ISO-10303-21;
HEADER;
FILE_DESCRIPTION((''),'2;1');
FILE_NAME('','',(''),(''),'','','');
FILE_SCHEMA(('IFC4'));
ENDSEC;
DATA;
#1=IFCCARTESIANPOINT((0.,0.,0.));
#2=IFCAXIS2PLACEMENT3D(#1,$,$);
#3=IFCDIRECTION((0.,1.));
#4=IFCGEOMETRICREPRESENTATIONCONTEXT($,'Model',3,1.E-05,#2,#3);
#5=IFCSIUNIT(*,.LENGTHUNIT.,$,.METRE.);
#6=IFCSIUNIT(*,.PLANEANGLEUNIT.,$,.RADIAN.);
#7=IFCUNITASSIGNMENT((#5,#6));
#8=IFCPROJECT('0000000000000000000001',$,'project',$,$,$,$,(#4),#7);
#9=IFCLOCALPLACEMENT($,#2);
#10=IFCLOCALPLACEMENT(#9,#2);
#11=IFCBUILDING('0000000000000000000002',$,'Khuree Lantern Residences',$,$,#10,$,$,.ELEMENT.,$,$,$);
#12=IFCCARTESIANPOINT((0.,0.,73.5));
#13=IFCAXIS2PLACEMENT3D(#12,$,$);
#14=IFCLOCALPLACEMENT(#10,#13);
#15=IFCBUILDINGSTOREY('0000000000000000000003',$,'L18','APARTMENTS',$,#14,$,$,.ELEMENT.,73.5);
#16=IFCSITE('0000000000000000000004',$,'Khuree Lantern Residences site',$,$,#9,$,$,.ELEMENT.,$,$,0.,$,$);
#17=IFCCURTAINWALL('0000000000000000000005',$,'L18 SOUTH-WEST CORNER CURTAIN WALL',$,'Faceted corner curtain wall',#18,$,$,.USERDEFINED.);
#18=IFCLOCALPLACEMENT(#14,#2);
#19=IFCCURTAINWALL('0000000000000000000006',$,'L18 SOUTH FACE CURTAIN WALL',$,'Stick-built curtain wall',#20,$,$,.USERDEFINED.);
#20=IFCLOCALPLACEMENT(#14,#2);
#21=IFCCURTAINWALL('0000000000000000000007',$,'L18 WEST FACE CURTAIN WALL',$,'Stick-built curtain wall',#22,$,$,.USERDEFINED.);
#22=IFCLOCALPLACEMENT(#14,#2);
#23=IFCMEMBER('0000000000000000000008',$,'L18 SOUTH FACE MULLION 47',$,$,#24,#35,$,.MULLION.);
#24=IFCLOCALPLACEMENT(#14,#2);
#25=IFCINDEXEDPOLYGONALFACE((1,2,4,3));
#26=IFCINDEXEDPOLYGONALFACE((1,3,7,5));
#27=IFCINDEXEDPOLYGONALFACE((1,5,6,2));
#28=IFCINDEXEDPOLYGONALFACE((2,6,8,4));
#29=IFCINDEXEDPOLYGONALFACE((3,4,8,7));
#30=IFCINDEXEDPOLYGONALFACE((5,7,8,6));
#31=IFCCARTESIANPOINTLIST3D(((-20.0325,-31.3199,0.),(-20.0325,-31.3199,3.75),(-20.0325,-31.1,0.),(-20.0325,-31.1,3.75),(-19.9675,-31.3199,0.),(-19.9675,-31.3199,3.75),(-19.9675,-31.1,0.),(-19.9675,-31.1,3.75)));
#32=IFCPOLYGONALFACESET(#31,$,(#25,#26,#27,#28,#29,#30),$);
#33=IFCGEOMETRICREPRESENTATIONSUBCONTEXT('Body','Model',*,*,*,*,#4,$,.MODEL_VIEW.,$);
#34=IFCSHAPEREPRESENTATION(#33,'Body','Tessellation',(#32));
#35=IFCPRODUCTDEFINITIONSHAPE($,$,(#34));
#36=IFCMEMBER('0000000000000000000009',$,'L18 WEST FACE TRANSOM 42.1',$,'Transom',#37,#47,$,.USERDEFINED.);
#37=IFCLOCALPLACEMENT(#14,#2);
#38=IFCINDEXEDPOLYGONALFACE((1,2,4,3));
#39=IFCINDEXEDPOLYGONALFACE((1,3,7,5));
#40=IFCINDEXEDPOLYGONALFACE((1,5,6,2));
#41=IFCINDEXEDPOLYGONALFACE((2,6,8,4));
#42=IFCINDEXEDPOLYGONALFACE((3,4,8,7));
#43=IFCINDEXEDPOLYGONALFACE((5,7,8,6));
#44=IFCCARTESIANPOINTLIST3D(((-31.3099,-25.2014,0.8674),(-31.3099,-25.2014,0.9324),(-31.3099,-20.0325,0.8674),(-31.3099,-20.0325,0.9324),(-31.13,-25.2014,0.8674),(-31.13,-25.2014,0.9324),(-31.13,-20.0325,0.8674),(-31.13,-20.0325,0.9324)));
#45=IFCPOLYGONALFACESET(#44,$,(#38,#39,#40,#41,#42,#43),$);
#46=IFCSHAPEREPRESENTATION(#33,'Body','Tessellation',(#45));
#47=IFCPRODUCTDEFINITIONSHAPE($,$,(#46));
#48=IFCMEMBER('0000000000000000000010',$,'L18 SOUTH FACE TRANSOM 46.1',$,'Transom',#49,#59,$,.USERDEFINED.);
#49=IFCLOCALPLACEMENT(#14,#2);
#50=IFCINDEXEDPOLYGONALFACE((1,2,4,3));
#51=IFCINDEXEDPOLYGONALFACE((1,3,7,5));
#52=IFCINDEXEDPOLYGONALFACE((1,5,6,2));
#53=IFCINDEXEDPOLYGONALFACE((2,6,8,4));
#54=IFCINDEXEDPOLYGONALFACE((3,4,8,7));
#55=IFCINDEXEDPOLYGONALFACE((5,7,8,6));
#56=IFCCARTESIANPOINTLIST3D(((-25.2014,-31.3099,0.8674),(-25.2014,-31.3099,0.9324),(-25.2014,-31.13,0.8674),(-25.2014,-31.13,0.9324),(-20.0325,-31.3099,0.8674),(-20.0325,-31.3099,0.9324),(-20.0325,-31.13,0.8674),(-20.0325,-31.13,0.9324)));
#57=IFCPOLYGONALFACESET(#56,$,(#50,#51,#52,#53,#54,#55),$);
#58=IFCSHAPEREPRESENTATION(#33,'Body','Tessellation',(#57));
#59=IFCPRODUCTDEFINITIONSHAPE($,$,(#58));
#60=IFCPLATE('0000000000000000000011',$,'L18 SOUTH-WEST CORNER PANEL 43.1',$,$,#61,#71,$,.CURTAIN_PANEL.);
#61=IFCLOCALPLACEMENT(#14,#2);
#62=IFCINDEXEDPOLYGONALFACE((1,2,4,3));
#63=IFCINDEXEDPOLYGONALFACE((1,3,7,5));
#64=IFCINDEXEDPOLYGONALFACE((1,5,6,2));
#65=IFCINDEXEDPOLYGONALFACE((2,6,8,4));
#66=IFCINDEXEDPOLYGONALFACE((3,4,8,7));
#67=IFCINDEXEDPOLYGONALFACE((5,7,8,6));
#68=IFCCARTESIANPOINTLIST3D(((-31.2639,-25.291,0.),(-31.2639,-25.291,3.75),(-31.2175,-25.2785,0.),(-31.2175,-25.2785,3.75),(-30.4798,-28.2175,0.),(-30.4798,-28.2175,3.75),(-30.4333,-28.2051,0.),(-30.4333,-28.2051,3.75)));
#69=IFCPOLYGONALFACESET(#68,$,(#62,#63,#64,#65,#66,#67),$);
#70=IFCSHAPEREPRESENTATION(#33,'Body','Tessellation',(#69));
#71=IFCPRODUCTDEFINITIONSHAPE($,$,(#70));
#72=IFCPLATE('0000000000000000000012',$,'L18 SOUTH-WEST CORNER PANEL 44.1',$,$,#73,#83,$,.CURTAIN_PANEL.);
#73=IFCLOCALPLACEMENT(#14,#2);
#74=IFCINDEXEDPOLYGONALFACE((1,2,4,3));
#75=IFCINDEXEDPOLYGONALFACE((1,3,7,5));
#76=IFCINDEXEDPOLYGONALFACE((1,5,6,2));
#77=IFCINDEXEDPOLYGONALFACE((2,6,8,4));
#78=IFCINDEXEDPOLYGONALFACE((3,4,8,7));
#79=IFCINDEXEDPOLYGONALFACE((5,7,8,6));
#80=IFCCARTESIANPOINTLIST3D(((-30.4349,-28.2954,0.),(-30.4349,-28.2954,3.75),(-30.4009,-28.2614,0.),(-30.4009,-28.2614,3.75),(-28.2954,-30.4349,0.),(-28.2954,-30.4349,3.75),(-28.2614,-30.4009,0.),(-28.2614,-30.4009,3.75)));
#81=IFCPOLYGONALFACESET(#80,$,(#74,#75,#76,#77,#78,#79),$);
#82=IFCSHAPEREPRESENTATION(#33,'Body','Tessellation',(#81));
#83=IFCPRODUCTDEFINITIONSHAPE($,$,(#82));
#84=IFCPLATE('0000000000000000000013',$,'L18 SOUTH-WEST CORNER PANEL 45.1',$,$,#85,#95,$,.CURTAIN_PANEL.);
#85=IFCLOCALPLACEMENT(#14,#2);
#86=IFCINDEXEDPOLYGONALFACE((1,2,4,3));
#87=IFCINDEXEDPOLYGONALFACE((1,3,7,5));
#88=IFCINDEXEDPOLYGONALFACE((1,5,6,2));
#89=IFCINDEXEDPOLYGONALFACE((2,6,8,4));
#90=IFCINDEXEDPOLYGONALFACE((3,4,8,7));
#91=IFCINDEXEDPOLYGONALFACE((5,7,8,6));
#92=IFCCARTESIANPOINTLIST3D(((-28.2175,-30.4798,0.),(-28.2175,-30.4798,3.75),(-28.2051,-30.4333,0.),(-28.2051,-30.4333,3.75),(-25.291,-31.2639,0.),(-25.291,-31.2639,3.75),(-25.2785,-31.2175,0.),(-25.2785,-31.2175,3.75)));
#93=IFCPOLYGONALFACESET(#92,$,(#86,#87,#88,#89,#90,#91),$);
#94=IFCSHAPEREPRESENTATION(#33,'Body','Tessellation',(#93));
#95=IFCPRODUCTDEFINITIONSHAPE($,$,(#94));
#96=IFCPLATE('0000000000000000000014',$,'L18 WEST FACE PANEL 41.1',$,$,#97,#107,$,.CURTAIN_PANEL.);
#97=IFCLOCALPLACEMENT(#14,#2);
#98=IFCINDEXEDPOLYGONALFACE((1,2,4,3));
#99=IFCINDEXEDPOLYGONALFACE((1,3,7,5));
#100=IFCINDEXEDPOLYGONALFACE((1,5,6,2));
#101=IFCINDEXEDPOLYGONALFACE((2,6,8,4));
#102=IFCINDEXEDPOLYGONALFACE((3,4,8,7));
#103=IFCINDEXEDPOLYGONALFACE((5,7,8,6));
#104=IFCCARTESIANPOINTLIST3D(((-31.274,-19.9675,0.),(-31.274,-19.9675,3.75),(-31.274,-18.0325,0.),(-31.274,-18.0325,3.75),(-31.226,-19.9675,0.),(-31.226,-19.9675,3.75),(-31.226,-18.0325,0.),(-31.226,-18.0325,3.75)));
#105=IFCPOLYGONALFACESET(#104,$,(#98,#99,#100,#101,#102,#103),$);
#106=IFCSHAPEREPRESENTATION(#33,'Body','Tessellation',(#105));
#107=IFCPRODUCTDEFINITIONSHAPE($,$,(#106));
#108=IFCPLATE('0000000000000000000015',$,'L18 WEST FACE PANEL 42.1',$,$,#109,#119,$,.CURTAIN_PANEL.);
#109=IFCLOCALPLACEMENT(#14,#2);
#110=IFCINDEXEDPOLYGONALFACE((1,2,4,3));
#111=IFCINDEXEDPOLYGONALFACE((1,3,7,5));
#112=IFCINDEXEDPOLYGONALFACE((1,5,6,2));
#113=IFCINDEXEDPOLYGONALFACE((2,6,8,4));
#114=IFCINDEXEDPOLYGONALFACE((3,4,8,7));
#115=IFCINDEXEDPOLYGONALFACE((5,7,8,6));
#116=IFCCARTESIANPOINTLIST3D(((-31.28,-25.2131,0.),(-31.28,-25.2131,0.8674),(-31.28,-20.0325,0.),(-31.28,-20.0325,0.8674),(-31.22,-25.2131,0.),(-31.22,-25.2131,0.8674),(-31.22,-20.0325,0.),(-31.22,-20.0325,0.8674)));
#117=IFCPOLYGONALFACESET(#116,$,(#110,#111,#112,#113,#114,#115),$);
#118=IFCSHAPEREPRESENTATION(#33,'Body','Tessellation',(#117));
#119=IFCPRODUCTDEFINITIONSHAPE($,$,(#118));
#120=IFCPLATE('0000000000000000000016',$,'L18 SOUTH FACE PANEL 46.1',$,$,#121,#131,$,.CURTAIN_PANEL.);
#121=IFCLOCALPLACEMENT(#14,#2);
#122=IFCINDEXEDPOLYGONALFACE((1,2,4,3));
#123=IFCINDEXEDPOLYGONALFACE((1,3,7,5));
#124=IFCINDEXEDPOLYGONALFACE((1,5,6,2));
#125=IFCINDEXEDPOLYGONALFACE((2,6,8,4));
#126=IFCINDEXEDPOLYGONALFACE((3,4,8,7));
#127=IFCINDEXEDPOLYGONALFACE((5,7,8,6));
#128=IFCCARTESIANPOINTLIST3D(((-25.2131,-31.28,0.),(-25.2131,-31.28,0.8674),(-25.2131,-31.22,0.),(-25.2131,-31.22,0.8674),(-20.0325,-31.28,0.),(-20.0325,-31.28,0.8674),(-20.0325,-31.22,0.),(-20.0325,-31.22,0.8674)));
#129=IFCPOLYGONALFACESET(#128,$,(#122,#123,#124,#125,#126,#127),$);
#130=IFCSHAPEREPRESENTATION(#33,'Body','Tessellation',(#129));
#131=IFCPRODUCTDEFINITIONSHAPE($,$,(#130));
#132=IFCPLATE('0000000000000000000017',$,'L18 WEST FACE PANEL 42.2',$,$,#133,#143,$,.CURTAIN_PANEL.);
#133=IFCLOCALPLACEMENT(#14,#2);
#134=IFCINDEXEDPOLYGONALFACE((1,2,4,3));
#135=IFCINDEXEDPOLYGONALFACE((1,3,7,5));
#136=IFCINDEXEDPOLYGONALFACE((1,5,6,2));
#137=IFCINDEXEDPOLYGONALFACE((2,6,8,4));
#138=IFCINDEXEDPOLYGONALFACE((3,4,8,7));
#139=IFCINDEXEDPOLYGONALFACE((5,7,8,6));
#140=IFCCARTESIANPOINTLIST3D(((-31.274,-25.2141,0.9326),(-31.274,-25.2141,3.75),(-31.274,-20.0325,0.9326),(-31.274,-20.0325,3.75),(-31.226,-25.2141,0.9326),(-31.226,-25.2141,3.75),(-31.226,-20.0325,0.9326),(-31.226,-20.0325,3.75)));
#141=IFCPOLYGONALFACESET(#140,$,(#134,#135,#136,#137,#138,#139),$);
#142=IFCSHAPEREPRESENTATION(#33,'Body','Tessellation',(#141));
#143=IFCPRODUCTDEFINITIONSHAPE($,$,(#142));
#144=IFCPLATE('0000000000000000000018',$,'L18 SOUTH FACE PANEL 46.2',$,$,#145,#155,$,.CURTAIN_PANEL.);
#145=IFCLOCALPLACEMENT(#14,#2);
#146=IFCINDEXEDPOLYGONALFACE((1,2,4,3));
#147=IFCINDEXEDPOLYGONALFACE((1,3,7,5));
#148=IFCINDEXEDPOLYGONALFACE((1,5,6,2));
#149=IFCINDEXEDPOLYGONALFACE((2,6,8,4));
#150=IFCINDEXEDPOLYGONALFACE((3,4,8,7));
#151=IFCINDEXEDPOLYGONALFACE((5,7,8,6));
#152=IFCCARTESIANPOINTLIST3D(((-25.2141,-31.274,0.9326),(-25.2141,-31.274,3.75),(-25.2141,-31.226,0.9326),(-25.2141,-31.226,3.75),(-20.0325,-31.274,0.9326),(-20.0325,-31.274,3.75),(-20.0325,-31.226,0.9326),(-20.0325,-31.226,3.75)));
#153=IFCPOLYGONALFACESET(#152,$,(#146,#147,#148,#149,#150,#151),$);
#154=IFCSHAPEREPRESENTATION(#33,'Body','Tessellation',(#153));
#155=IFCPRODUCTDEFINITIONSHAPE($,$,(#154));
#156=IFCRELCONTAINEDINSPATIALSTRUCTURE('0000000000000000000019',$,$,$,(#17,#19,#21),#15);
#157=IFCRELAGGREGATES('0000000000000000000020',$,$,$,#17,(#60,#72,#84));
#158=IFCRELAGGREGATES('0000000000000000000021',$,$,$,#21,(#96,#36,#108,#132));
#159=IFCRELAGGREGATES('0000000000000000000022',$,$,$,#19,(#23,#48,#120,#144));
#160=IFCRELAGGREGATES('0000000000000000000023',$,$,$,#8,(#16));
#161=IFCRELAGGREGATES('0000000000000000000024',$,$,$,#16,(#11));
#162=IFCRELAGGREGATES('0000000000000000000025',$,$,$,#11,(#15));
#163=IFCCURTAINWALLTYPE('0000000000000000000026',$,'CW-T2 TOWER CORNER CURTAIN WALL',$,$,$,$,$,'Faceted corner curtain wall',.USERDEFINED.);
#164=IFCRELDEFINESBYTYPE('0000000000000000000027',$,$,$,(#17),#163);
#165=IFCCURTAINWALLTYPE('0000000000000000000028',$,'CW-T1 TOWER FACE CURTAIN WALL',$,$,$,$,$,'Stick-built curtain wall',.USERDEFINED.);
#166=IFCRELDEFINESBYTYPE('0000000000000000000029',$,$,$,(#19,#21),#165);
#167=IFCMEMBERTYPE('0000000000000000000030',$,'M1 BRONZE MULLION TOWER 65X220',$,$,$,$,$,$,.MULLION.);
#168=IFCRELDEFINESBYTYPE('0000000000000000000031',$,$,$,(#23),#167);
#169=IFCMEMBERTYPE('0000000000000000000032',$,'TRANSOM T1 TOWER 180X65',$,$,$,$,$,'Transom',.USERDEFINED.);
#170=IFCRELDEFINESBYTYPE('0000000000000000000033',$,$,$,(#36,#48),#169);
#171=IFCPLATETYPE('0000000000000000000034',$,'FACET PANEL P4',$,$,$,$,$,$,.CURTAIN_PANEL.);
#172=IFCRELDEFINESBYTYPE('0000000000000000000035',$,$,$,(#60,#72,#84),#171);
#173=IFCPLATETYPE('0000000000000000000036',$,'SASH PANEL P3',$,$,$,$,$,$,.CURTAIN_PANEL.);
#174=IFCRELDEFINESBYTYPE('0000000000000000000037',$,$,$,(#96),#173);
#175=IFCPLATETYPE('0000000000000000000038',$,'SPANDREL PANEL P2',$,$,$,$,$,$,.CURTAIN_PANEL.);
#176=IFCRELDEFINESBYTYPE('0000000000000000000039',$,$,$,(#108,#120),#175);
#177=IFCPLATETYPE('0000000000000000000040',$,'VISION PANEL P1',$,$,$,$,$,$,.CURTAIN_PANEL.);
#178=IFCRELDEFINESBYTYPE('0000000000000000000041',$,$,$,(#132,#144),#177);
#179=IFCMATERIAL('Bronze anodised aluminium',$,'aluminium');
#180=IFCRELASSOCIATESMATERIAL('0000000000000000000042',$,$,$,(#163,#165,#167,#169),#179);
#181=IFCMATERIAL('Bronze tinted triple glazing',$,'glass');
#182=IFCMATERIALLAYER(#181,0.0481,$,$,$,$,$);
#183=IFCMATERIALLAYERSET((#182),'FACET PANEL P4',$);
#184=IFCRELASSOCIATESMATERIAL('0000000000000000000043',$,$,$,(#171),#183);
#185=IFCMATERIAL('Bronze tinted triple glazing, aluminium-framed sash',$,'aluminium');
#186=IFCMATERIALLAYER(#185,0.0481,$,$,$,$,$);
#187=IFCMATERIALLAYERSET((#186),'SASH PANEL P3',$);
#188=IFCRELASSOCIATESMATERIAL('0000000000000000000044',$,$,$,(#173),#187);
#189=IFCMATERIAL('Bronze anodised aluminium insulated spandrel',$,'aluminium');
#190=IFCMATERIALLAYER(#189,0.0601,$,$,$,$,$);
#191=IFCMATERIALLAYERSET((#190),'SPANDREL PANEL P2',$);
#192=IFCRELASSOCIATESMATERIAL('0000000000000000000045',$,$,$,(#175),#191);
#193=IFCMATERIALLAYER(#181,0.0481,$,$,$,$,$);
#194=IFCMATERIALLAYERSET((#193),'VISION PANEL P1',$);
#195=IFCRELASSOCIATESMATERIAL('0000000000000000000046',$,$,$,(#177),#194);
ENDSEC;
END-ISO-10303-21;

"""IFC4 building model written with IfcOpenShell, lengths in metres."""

from ifc_helpers import new_model, si_unit, direction, frame, origin, origin_2d, place, context, subcontext, project, spatial, rectangle, extrude, material, layer, layer_set, material_profile, profile_set, type_object, element, aggregate, save


model = new_model("IFC4")

# Units and contexts
model_context = context("Model", 3, precision=1e-05, world=origin(), true_north=direction((0.0, 1.0)))
body_context = subcontext(model_context, "Body", "Model", "MODEL_VIEW")
ifc_project = project(units=[si_unit("LENGTHUNIT", "METRE"), si_unit("PLANEANGLEUNIT", "RADIAN")], contexts=[model_context])

# Site, building, storey
site_placement = place(None, origin())
site = spatial("IfcSite", under=ifc_project, at=site_placement, Name="Khuree Lantern Residences site", CompositionType="ELEMENT", RefElevation=0.0)
building_placement = place(site_placement, origin())
building = spatial("IfcBuilding", under=site, at=building_placement, Name="Khuree Lantern Residences", CompositionType="ELEMENT")
storey_placement = place(building_placement, frame((0.0, 0.0, 73.5)))
storey = spatial("IfcBuildingStorey", under=building, at=storey_placement, Name="L18", Description="APARTMENTS", CompositionType="ELEMENT", Elevation=73.5)

# Curtain walls
ifc_material_1 = material(Name="Bronze anodised aluminium", Category="aluminium")
curtain_wall_type_1 = type_object("IfcCurtainWallType", Name="CW-T2 TOWER CORNER CURTAIN WALL", ElementType="Faceted corner curtain wall", PredefinedType="USERDEFINED", material=ifc_material_1)
curtain_wall_1_placement = place(storey_placement, origin())
curtain_wall_1 = element("IfcCurtainWall", 1, at=curtain_wall_1_placement, inside=storey, type_object=curtain_wall_type_1, Name="L18 SOUTH-WEST CORNER CURTAIN WALL", ObjectType="Faceted corner curtain wall", PredefinedType="USERDEFINED")
curtain_wall_type_2 = type_object("IfcCurtainWallType", Name="CW-T1 TOWER FACE CURTAIN WALL", ElementType="Stick-built curtain wall", PredefinedType="USERDEFINED", material=ifc_material_1)
curtain_wall_2_placement = place(storey_placement, origin())
curtain_wall_2 = element("IfcCurtainWall", 2, at=curtain_wall_2_placement, inside=storey, type_object=curtain_wall_type_2, Name="L18 SOUTH FACE CURTAIN WALL", ObjectType="Stick-built curtain wall", PredefinedType="USERDEFINED")

# Curtain wall
curtain_wall_3_placement = place(storey_placement, origin())
curtain_wall_3 = element("IfcCurtainWall", 3, at=curtain_wall_3_placement, inside=storey, type_object=curtain_wall_type_2, Name="L18 WEST FACE CURTAIN WALL", ObjectType="Stick-built curtain wall", PredefinedType="USERDEFINED")
ifc_material_profile_1 = material_profile(ifc_material_1, rectangle(XDim=0.0649, YDim=0.22, at=origin_2d()), Name="M1 65X220")
ifc_profile_set_1 = profile_set([ifc_material_profile_1], Name="Bronze anodised aluminium")
member_type_1 = type_object("IfcMemberType", Name="M1 BRONZE MULLION TOWER 65X220", PredefinedType="MULLION", material=ifc_profile_set_1)

# Members
member_1_placement = place(storey_placement, frame((-20.0, -31.21, 0.0), z_axis=(0.0, 0.0, 1.0), x_axis=(1.0, 0.0, 0.0)))
member_1 = element("IfcMember", 4, at=member_1_placement, type_object=member_type_1, Name="L18 SOUTH FACE MULLION 47", PredefinedType="MULLION", context=body_context, shape_type="SweptSolid", body=[
    extrude(rectangle(XDim=0.0649, YDim=0.22, at=origin_2d()), origin(), (0.0, 0.0, 1.0), 3.75),
])
ifc_material_profile_2 = material_profile(ifc_material_1, rectangle(XDim=0.1799, YDim=0.0649, at=origin_2d()), Name="T1 180X65")
ifc_profile_set_2 = profile_set([ifc_material_profile_2], Name="Bronze anodised aluminium")
member_type_2 = type_object("IfcMemberType", Name="TRANSOM T1 TOWER 180X65", ElementType="Transom", PredefinedType="USERDEFINED", material=ifc_profile_set_2)
member_2_placement = place(storey_placement, frame((-31.22, -20.0325, 0.8999), z_axis=(0.0, -1.0, 0.0), x_axis=(1.0, 0.0, 0.0)))
member_2 = element("IfcMember", 5, at=member_2_placement, type_object=member_type_2, Name="L18 WEST FACE TRANSOM 42.1", ObjectType="Transom", PredefinedType="USERDEFINED", context=body_context, shape_type="SweptSolid", body=[
    extrude(rectangle(XDim=0.1799, YDim=0.0649, at=origin_2d()), origin(), (0.0, 0.0, 1.0), 5.1689),
])
member_3_placement = place(storey_placement, frame((-25.2014, -31.22, 0.8999), z_axis=(1.0, 0.0, 0.0), x_axis=(0.0, 1.0, 0.0)))
member_3 = element("IfcMember", 6, at=member_3_placement, type_object=member_type_2, Name="L18 SOUTH FACE TRANSOM 46.1", ObjectType="Transom", PredefinedType="USERDEFINED", context=body_context, shape_type="SweptSolid", body=[
    extrude(rectangle(XDim=0.1799, YDim=0.0649, at=origin_2d()), origin(), (0.0, 0.0, 1.0), 5.1689),
])

# Plates
ifc_material_2 = material(Name="Bronze tinted triple glazing", Category="glass")
ifc_layer_1 = layer(ifc_material_2, 0.0481)
ifc_layer_set_1 = layer_set([ifc_layer_1], Name="FACET PANEL P4")
plate_type_1 = type_object("IfcPlateType", Name="FACET PANEL P4", PredefinedType="CURTAIN_PANEL", material=ifc_layer_set_1)
plate_1_placement = place(storey_placement, frame((-30.8486, -26.748, 0.0), z_axis=(0.0, 0.0, 1.0), x_axis=(0.258819, -0.965926, 0.0)))
plate_1 = element("IfcPlate", 7, at=plate_1_placement, type_object=plate_type_1, Name="L18 SOUTH-WEST CORNER PANEL 43.1", PredefinedType="CURTAIN_PANEL", context=body_context, shape_type="SweptSolid", body=[
    extrude(rectangle(XDim=3.0298, YDim=0.0481, at=origin_2d()), origin(), (0.0, 0.0, 1.0), 3.75),
])
plate_2_placement = place(storey_placement, frame((-29.3481, -29.3481, 0.0), z_axis=(0.0, 0.0, 1.0), x_axis=(0.707107, -0.707107, 0.0)))
plate_2 = element("IfcPlate", 8, at=plate_2_placement, type_object=plate_type_1, Name="L18 SOUTH-WEST CORNER PANEL 44.1", PredefinedType="CURTAIN_PANEL", context=body_context, shape_type="SweptSolid", body=[
    extrude(rectangle(XDim=3.0256, YDim=0.0481, at=origin_2d()), origin(), (0.0, 0.0, 1.0), 3.75),
])
plate_3_placement = place(storey_placement, frame((-26.748, -30.8486, 0.0), z_axis=(0.0, 0.0, 1.0), x_axis=(0.965926, -0.258819, 0.0)))
plate_3 = element("IfcPlate", 9, at=plate_3_placement, type_object=plate_type_1, Name="L18 SOUTH-WEST CORNER PANEL 45.1", PredefinedType="CURTAIN_PANEL", context=body_context, shape_type="SweptSolid", body=[
    extrude(rectangle(XDim=3.0298, YDim=0.0481, at=origin_2d()), origin(), (0.0, 0.0, 1.0), 3.75),
])
aggregate(curtain_wall_1, [plate_1, plate_2, plate_3])
ifc_material_3 = material(Name="Bronze tinted triple glazing, aluminium-framed sash", Category="aluminium")
ifc_layer_2 = layer(ifc_material_3, 0.0481)
ifc_layer_set_2 = layer_set([ifc_layer_2], Name="SASH PANEL P3")
plate_type_2 = type_object("IfcPlateType", Name="SASH PANEL P3", PredefinedType="CURTAIN_PANEL", material=ifc_layer_set_2)
plate_4_placement = place(storey_placement, frame((-31.25, -19.0, 0.0), z_axis=(0.0, 0.0, 1.0), x_axis=(0.0, -1.0, 0.0)))
plate_4 = element("IfcPlate", 10, at=plate_4_placement, type_object=plate_type_2, Name="L18 WEST FACE PANEL 41.1", PredefinedType="CURTAIN_PANEL", context=body_context, shape_type="SweptSolid", body=[
    extrude(rectangle(XDim=1.9351, YDim=0.0481, at=origin_2d()), origin(), (0.0, 0.0, 1.0), 3.75),
])
ifc_material_4 = material(Name="Bronze anodised aluminium insulated spandrel", Category="aluminium")
ifc_layer_3 = layer(ifc_material_4, 0.0601)
ifc_layer_set_3 = layer_set([ifc_layer_3], Name="SPANDREL PANEL P2")
plate_type_3 = type_object("IfcPlateType", Name="SPANDREL PANEL P2", PredefinedType="CURTAIN_PANEL", material=ifc_layer_set_3)
plate_5_placement = place(storey_placement, frame((-31.25, -22.6228, 0.0), z_axis=(0.0, 0.0, 1.0), x_axis=(0.0, -1.0, 0.0)))
plate_5 = element("IfcPlate", 11, at=plate_5_placement, type_object=plate_type_3, Name="L18 WEST FACE PANEL 42.1", PredefinedType="CURTAIN_PANEL", context=body_context, shape_type="SweptSolid", body=[
    extrude(rectangle(XDim=5.1807, YDim=0.0601, at=origin_2d()), origin(), (0.0, 0.0, 1.0), 0.8674),
])
plate_6_placement = place(storey_placement, frame((-22.6228, -31.25, 0.0), z_axis=(0.0, 0.0, 1.0), x_axis=(1.0, 0.0, 0.0)))
plate_6 = element("IfcPlate", 12, at=plate_6_placement, type_object=plate_type_3, Name="L18 SOUTH FACE PANEL 46.1", PredefinedType="CURTAIN_PANEL", context=body_context, shape_type="SweptSolid", body=[
    extrude(rectangle(XDim=5.1807, YDim=0.0601, at=origin_2d()), origin(), (0.0, 0.0, 1.0), 0.8674),
])
ifc_layer_4 = layer(ifc_material_2, 0.0481)
ifc_layer_set_4 = layer_set([ifc_layer_4], Name="VISION PANEL P1")
plate_type_4 = type_object("IfcPlateType", Name="VISION PANEL P1", PredefinedType="CURTAIN_PANEL", material=ifc_layer_set_4)
plate_7_placement = place(storey_placement, frame((-31.25, -22.6233, 0.9326), z_axis=(0.0, 0.0, 1.0), x_axis=(0.0, -1.0, 0.0)))
plate_7 = element("IfcPlate", 13, at=plate_7_placement, type_object=plate_type_4, Name="L18 WEST FACE PANEL 42.2", PredefinedType="CURTAIN_PANEL", context=body_context, shape_type="SweptSolid", body=[
    extrude(rectangle(XDim=5.1816, YDim=0.0481, at=origin_2d()), origin(), (0.0, 0.0, 1.0), 2.8174),
])
aggregate(curtain_wall_3, [plate_4, member_2, plate_5, plate_7])
plate_8_placement = place(storey_placement, frame((-22.6233, -31.25, 0.9326), z_axis=(0.0, 0.0, 1.0), x_axis=(1.0, 0.0, 0.0)))
plate_8 = element("IfcPlate", 14, at=plate_8_placement, type_object=plate_type_4, Name="L18 SOUTH FACE PANEL 46.2", PredefinedType="CURTAIN_PANEL", context=body_context, shape_type="SweptSolid", body=[
    extrude(rectangle(XDim=5.1816, YDim=0.0481, at=origin_2d()), origin(), (0.0, 0.0, 1.0), 2.8174),
])
aggregate(curtain_wall_2, [member_1, member_3, plate_6, plate_8])

save(model, "model.ifc")
